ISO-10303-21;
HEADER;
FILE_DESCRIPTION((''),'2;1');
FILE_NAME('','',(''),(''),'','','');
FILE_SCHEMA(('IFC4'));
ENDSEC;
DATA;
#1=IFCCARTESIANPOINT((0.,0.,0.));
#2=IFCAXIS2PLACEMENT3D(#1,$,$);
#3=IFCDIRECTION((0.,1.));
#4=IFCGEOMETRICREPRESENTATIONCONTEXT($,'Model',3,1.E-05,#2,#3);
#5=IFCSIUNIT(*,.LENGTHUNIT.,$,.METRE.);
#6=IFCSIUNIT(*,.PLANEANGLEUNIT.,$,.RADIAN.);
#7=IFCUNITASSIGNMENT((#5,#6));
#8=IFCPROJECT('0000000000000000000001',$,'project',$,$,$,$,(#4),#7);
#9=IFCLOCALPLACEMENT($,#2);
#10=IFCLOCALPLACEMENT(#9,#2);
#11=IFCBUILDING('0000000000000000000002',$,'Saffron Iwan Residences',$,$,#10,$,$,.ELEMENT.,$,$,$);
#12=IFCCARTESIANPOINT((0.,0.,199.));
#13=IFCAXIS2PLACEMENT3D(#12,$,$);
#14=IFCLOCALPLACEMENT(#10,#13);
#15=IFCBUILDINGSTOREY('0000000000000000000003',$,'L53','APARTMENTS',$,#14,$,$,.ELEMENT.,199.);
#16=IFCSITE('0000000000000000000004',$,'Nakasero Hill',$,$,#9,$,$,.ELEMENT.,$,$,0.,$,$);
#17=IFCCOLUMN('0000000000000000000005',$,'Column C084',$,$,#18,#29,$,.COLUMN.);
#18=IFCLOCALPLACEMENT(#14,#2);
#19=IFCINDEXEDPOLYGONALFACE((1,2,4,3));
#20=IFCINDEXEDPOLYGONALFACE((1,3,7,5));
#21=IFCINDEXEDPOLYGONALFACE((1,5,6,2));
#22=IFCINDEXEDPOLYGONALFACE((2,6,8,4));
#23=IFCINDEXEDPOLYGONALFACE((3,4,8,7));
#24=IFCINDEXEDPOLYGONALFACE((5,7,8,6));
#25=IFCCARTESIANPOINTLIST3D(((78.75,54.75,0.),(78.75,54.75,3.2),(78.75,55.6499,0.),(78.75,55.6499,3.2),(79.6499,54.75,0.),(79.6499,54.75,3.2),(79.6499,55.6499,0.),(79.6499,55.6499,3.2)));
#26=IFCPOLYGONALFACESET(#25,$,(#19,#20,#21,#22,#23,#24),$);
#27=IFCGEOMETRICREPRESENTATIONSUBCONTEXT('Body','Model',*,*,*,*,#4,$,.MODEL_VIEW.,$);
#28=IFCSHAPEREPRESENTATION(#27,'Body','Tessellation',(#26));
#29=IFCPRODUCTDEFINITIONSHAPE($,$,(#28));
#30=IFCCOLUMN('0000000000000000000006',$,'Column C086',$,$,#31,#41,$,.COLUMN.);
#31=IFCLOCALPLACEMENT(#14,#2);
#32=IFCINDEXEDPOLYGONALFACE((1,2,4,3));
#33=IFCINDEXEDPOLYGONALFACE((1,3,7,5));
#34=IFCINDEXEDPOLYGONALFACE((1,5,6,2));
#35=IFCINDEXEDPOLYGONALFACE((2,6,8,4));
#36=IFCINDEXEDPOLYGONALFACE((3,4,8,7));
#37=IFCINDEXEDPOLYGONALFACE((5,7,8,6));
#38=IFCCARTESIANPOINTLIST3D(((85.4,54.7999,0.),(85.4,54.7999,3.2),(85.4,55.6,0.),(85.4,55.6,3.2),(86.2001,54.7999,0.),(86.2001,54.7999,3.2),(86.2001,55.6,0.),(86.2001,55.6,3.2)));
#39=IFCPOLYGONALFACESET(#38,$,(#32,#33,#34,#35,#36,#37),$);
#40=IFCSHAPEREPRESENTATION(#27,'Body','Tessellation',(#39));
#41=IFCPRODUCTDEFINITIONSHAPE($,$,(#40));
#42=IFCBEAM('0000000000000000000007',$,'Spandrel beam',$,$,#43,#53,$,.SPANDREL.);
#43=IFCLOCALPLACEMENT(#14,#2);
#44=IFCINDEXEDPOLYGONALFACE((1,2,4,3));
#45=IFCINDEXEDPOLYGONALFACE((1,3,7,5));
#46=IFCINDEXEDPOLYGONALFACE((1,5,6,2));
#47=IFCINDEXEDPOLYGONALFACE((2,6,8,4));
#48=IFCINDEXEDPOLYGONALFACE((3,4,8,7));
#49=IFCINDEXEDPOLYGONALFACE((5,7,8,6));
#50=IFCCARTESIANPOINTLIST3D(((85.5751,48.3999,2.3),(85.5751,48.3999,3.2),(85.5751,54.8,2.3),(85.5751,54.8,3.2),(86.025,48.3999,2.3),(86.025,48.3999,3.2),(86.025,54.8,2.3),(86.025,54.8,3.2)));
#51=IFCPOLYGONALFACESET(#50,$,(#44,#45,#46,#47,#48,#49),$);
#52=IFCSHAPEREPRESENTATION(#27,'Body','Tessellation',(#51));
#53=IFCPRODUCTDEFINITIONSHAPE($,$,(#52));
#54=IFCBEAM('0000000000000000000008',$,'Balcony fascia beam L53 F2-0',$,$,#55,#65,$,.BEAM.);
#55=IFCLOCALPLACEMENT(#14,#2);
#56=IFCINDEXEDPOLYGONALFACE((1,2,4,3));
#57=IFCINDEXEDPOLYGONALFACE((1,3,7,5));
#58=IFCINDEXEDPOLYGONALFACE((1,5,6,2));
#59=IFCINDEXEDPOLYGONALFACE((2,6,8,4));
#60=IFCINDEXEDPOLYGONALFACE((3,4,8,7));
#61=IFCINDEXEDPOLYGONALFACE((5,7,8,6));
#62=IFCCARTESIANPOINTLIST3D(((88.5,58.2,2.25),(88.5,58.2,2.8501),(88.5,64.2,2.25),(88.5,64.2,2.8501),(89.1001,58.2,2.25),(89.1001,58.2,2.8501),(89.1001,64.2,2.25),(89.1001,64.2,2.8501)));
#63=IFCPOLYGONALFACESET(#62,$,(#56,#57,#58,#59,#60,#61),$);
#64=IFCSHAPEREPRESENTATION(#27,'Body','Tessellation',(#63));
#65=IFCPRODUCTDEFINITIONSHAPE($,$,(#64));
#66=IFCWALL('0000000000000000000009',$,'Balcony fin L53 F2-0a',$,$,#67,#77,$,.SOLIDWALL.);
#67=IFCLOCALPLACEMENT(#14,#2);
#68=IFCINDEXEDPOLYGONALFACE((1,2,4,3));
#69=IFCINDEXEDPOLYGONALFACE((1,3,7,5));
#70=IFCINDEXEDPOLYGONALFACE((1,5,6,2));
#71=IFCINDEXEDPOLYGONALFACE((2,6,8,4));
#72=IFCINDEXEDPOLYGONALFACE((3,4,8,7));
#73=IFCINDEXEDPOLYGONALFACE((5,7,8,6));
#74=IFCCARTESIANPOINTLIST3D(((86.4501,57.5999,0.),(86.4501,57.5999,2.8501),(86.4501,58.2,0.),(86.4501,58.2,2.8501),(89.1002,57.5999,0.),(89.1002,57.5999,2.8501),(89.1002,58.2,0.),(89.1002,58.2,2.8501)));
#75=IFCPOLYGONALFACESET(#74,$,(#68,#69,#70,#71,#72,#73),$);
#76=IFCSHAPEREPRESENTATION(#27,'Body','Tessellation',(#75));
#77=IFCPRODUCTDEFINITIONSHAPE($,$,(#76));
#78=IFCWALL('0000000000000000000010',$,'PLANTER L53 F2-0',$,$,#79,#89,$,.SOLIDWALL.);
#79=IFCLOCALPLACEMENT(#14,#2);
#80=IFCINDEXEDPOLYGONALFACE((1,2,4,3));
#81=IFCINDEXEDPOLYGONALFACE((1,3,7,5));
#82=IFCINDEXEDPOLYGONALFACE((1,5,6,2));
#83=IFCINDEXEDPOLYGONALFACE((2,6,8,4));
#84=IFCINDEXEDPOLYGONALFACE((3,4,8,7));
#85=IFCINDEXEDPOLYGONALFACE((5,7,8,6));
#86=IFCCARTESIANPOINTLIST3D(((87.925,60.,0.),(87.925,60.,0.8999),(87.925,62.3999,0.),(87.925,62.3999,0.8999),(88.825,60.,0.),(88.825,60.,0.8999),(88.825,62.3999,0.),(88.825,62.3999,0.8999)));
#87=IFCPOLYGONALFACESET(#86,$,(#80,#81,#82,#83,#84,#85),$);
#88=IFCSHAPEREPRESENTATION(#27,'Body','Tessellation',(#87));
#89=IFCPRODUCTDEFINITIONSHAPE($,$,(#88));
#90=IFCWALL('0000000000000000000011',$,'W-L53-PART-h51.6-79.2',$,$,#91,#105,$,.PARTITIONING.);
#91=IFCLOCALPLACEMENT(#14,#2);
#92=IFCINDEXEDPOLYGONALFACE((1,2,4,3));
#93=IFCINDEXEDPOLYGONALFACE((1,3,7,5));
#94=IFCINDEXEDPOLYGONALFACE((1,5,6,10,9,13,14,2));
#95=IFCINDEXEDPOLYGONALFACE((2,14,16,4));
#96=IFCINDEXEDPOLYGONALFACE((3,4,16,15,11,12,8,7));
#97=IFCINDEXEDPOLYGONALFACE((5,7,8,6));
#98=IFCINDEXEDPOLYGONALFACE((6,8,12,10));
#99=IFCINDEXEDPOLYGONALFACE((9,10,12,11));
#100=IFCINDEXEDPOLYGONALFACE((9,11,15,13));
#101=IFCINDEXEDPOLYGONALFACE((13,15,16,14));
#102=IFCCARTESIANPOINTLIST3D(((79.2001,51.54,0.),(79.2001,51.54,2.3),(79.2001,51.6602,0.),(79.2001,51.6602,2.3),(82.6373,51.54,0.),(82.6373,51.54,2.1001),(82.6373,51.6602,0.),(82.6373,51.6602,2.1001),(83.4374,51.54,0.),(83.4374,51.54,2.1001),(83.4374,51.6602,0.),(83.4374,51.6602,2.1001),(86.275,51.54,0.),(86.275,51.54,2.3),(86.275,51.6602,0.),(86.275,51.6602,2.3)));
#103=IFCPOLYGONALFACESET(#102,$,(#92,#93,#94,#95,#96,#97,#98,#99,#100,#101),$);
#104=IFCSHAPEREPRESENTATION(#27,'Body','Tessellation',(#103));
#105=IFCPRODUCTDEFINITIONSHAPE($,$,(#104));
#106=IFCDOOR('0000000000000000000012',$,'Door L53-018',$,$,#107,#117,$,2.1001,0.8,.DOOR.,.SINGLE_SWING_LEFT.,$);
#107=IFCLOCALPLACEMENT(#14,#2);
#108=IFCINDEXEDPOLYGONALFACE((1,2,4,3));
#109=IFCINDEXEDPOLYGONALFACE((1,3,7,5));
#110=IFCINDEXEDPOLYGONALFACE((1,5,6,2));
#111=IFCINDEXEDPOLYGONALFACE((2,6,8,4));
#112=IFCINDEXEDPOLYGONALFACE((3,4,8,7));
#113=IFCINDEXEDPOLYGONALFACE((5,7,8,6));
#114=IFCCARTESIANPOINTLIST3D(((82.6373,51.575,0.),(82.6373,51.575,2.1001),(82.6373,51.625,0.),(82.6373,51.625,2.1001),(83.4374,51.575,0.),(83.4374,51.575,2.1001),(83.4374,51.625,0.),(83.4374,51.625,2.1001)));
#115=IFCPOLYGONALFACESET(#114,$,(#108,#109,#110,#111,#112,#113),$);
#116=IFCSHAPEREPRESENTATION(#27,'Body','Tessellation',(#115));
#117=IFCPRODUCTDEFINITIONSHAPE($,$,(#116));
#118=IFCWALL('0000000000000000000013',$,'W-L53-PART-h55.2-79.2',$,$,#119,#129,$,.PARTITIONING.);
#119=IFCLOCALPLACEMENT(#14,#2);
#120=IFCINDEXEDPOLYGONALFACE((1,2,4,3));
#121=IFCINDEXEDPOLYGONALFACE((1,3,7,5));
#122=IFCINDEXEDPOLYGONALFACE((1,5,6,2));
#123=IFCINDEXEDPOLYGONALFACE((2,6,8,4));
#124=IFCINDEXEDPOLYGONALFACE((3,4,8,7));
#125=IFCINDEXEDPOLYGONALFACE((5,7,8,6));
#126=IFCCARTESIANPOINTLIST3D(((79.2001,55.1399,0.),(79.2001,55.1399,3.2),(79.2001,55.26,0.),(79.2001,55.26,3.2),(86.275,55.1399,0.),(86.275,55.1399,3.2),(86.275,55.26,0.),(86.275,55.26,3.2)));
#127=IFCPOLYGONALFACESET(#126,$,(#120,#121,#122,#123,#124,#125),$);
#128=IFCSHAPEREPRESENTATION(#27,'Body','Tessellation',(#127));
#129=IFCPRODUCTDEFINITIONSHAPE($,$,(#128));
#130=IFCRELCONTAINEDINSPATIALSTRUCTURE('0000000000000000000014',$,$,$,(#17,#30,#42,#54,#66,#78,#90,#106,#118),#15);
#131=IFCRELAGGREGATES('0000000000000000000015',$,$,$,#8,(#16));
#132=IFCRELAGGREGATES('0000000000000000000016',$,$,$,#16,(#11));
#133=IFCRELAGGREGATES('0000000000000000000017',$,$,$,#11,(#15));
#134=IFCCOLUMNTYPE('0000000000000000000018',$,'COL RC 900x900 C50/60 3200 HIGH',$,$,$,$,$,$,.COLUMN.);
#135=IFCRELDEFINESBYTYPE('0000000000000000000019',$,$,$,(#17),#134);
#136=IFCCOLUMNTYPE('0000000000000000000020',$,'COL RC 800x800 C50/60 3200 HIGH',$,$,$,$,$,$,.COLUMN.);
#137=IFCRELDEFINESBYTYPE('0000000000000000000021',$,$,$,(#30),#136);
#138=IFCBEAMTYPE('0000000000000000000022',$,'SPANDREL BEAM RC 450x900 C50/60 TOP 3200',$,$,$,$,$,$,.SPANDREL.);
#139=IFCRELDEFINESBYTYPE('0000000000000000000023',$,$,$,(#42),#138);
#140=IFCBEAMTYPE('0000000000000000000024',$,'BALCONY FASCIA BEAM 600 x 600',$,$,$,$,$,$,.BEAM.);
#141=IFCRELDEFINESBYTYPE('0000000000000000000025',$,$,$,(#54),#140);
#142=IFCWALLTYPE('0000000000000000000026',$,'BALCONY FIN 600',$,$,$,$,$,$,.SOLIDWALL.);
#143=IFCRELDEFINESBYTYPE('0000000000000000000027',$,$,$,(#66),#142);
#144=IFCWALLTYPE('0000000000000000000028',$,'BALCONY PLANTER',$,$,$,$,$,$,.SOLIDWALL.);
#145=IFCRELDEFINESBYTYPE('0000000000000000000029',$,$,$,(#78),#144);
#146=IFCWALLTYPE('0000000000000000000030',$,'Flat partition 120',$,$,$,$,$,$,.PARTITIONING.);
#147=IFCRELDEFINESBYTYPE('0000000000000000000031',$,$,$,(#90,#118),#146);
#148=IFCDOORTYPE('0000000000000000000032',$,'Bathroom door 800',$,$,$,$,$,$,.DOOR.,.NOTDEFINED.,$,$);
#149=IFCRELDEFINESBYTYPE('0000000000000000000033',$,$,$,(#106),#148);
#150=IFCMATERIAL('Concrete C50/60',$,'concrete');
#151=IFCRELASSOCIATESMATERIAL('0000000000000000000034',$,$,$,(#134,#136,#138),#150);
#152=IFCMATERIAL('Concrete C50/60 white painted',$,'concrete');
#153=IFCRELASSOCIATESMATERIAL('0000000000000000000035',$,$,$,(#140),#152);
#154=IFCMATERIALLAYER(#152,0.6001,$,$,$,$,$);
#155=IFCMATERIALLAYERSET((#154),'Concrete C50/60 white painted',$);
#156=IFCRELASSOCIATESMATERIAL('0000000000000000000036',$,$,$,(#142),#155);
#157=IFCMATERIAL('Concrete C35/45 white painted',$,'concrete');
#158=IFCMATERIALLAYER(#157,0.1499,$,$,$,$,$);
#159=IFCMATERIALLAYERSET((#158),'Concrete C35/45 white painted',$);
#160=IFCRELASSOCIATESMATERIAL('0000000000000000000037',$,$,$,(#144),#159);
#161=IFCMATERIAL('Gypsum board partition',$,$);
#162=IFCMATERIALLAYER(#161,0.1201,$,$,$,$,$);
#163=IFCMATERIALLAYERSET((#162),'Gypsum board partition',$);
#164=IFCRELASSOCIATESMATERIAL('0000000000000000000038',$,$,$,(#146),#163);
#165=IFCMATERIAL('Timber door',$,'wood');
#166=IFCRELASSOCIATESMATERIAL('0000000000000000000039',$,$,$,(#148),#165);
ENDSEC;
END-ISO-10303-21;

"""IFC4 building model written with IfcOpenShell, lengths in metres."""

from ifc_helpers import new_model, si_unit, direction, frame, frame_2d, origin, origin_2d, place, context, subcontext, project, spatial, rectangle, extrude, source, transform, mapped, material, layer, layer_set, material_profile, profile_set, type_object, element, fill, save


model = new_model("IFC4")

# Units and contexts
model_context = context("Model", 3, precision=1e-05, world=origin(), true_north=direction((0.0, 1.0)))
body_context = subcontext(model_context, "Body", "Model", "MODEL_VIEW")
ifc_project = project(units=[si_unit("LENGTHUNIT", "METRE"), si_unit("PLANEANGLEUNIT", "RADIAN")], contexts=[model_context])

# Site, building, storey
site_placement = place(None, origin())
site = spatial("IfcSite", under=ifc_project, at=site_placement, Name="Nakasero Hill", CompositionType="ELEMENT", RefElevation=0.0)
building_placement = place(site_placement, origin())
building = spatial("IfcBuilding", under=site, at=building_placement, Name="Saffron Iwan Residences", CompositionType="ELEMENT")
storey_placement = place(building_placement, frame((0.0, 0.0, 199.0)))
storey = spatial("IfcBuildingStorey", under=building, at=storey_placement, Name="L53", Description="APARTMENTS", CompositionType="ELEMENT", Elevation=199.0)

# Columns
ifc_material_1 = material(Name="Concrete C50/60", Category="concrete")
ifc_material_profile_1 = material_profile(ifc_material_1, rectangle(XDim=0.8999, YDim=0.8999, at=origin_2d()), Name="RC 900x900")
ifc_profile_set_1 = profile_set([ifc_material_profile_1], Name="Concrete C50/60")
column_type_1 = type_object("IfcColumnType", Name="COL RC 900x900 C50/60 3200 HIGH", PredefinedType="COLUMN", material=ifc_profile_set_1)
shared_shape_1 = source(origin(), body_context, "Body", "SweptSolid", [
    extrude(rectangle(XDim=0.8999, YDim=0.8999, at=origin_2d()), origin(), (0.0, 0.0, 1.0), 3.2),
])
column_1_placement = place(storey_placement, frame((79.2, 55.2, 0.0), z_axis=(0.0, 0.0, 1.0), x_axis=(1.0, 0.0, 0.0)))
element("IfcColumn", 1, at=column_1_placement, inside=storey, type_object=column_type_1, Name="Column C084", PredefinedType="COLUMN", context=body_context, shape_type="MappedRepresentation", body=[
    mapped(shared_shape_1, transform((0.0, 0.0, 0.0))),
])
ifc_material_profile_2 = material_profile(ifc_material_1, rectangle(XDim=0.8, YDim=0.8, at=origin_2d()), Name="RC 800x800")
ifc_profile_set_2 = profile_set([ifc_material_profile_2], Name="Concrete C50/60")
column_type_2 = type_object("IfcColumnType", Name="COL RC 800x800 C50/60 3200 HIGH", PredefinedType="COLUMN", material=ifc_profile_set_2)
shared_shape_2 = source(origin(), body_context, "Body", "SweptSolid", [
    extrude(rectangle(XDim=0.8, YDim=0.8, at=origin_2d()), origin(), (0.0, 0.0, 1.0), 3.2),
])
column_2_placement = place(storey_placement, frame((85.8, 55.2, 0.0), z_axis=(0.0, 0.0, 1.0), x_axis=(1.0, 0.0, 0.0)))
element("IfcColumn", 2, at=column_2_placement, inside=storey, type_object=column_type_2, Name="Column C086", PredefinedType="COLUMN", context=body_context, shape_type="MappedRepresentation", body=[
    mapped(shared_shape_2, transform((0.0, 0.0, 0.0))),
])

# Beams
ifc_material_profile_3 = material_profile(ifc_material_1, rectangle(XDim=0.45, YDim=0.8999, at=origin_2d()), Name="RC 450x900")
ifc_profile_set_3 = profile_set([ifc_material_profile_3], Name="Concrete C50/60")
beam_type_1 = type_object("IfcBeamType", Name="SPANDREL BEAM RC 450x900 C50/60 TOP 3200", PredefinedType="SPANDREL", material=ifc_profile_set_3)
shared_shape_3 = source(origin(), body_context, "Body", "SweptSolid", [
    extrude(rectangle(XDim=0.45, YDim=0.8999, at=origin_2d()), origin(), (0.0, 0.0, 1.0), 6.4001),
])
beam_1_placement = place(storey_placement, frame((85.8, 54.8, 2.75), z_axis=(0.0, -1.0, 0.0), x_axis=(1.0, 0.0, 0.0)))
element("IfcBeam", 3, at=beam_1_placement, inside=storey, type_object=beam_type_1, Name="Spandrel beam", PredefinedType="SPANDREL", context=body_context, shape_type="MappedRepresentation", body=[
    mapped(shared_shape_3, transform((0.0, 0.0, 0.0))),
])
ifc_material_2 = material(Name="Concrete C50/60 white painted", Category="concrete")
ifc_material_profile_4 = material_profile(ifc_material_2, rectangle(XDim=0.6001, YDim=0.6001, at=origin_2d()), Name="BALCONY FASCIA BEAM 600 x 600")
ifc_profile_set_4 = profile_set([ifc_material_profile_4], Name="Concrete C50/60 white painted")
beam_type_2 = type_object("IfcBeamType", Name="BALCONY FASCIA BEAM 600 x 600", PredefinedType="BEAM", material=ifc_profile_set_4)
shared_shape_4 = source(origin(), body_context, "Body", "SweptSolid", [
    extrude(rectangle(XDim=0.6001, YDim=0.6001, at=origin_2d()), origin(), (0.0, 0.0, 1.0), 6.0),
])
beam_2_placement = place(storey_placement, frame((88.8, 58.2, 2.55), z_axis=(0.0, 1.0, 0.0), x_axis=(-1.0, 0.0, 0.0)))
element("IfcBeam", 4, at=beam_2_placement, inside=storey, type_object=beam_type_2, Name="Balcony fascia beam L53 F2-0", PredefinedType="BEAM", context=body_context, shape_type="MappedRepresentation", body=[
    mapped(shared_shape_4, transform((0.0, 0.0, 0.0))),
])

# Walls
ifc_layer_1 = layer(ifc_material_2, 0.6001)
ifc_layer_set_1 = layer_set([ifc_layer_1], Name="Concrete C50/60 white painted")
wall_type_1 = type_object("IfcWallType", Name="BALCONY FIN 600", PredefinedType="SOLIDWALL", material=ifc_layer_set_1)
wall_1_placement = place(storey_placement, frame((86.45, 57.8999, 0.0), z_axis=(0.0, 0.0, 1.0), x_axis=(1.0, 0.0, 0.0)))
element("IfcWall", 5, at=wall_1_placement, inside=storey, type_object=wall_type_1, Name="Balcony fin L53 F2-0a", PredefinedType="SOLIDWALL", context=body_context, shape_type="SweptSolid", body=[
    extrude(rectangle(XDim=2.6501, YDim=0.6001, at=frame_2d((1.3252, 0.0))), origin(), (0.0, 0.0, 1.0), 2.8501),
])
ifc_material_3 = material(Name="Concrete C35/45 white painted", Category="concrete")
ifc_layer_2 = layer(ifc_material_3, 0.1499)
ifc_layer_set_2 = layer_set([ifc_layer_2], Name="Concrete C35/45 white painted")
wall_type_2 = type_object("IfcWallType", Name="BALCONY PLANTER", PredefinedType="SOLIDWALL", material=ifc_layer_set_2)
wall_2_placement = place(storey_placement, frame((88.375, 60.0, 0.0), z_axis=(0.0, 0.0, 1.0), x_axis=(0.0, 1.0, 0.0)))
element("IfcWall", 6, at=wall_2_placement, inside=storey, type_object=wall_type_2, Name="PLANTER L53 F2-0", PredefinedType="SOLIDWALL", context=body_context, shape_type="SweptSolid", body=[
    extrude(rectangle(XDim=2.3999, YDim=0.8999, at=frame_2d((1.2, 0.0))), origin(), (0.0, 0.0, 1.0), 0.8999),
])

# Wall, opening, door
ifc_material_4 = material(Name="Gypsum board partition")
ifc_layer_3 = layer(ifc_material_4, 0.1201)
ifc_layer_set_3 = layer_set([ifc_layer_3], Name="Gypsum board partition")
wall_type_3 = type_object("IfcWallType", Name="Flat partition 120", PredefinedType="PARTITIONING", material=ifc_layer_set_3)
wall_3_placement = place(storey_placement, frame((79.2, 51.6001, 0.0), z_axis=(0.0, 0.0, 1.0), x_axis=(1.0, 0.0, 0.0)))
wall_3 = element("IfcWall", 7, at=wall_3_placement, inside=storey, type_object=wall_type_3, Name="W-L53-PART-h51.6-79.2", PredefinedType="PARTITIONING", context=body_context, shape_type="SweptSolid", body=[
    extrude(rectangle(XDim=7.075, YDim=0.1201, at=frame_2d((3.5376, 0.0))), origin(), (0.0, 0.0, 1.0), 2.3),
])
opening_1_placement = place(wall_3_placement, frame((3.4375, 0.0, 0.0)))
opening_1 = element("IfcOpeningElement", 8, at=opening_1_placement, cuts=wall_3, PredefinedType="OPENING", context=body_context, shape_type="SweptSolid", body=[
    extrude(rectangle(XDim=0.8, YDim=2.1001, at=frame_2d((0.3999, 1.05))), frame((0.0, 0.0701, 0.0), z_axis=(0.0, -1.0, 0.0), x_axis=(1.0, 0.0, 0.0)), (0.0, 0.0, 1.0), 0.1401),
])
ifc_material_5 = material(Name="Timber door", Category="wood")
door_type_1 = type_object("IfcDoorType", Name="Bathroom door 800", OperationType="NOTDEFINED", PredefinedType="DOOR", material=ifc_material_5)
door_1_placement = place(opening_1_placement, origin())
door_1 = element("IfcDoor", 9, at=door_1_placement, inside=storey, type_object=door_type_1, Name="Door L53-018", OperationType="SINGLE_SWING_LEFT", OverallHeight=2.1001, OverallWidth=0.8, PredefinedType="DOOR", context=body_context, shape_type="SweptSolid", body=[
    extrude(rectangle(XDim=0.8, YDim=2.1001, at=frame_2d((0.3999, 1.05))), frame((0.0, 0.0249, 0.0), z_axis=(0.0, -1.0, 0.0), x_axis=(1.0, 0.0, 0.0)), (0.0, 0.0, 1.0), 0.05),
])
fill(opening_1, door_1)

# Wall
wall_4_placement = place(storey_placement, frame((79.2, 55.2, 0.0), z_axis=(0.0, 0.0, 1.0), x_axis=(1.0, 0.0, 0.0)))
element("IfcWall", 10, at=wall_4_placement, inside=storey, type_object=wall_type_3, Name="W-L53-PART-h55.2-79.2", PredefinedType="PARTITIONING", context=body_context, shape_type="SweptSolid", body=[
    extrude(rectangle(XDim=7.075, YDim=0.1201, at=frame_2d((3.5376, 0.0))), origin(), (0.0, 0.0, 1.0), 3.2),
])

save(model, "model.ifc")
